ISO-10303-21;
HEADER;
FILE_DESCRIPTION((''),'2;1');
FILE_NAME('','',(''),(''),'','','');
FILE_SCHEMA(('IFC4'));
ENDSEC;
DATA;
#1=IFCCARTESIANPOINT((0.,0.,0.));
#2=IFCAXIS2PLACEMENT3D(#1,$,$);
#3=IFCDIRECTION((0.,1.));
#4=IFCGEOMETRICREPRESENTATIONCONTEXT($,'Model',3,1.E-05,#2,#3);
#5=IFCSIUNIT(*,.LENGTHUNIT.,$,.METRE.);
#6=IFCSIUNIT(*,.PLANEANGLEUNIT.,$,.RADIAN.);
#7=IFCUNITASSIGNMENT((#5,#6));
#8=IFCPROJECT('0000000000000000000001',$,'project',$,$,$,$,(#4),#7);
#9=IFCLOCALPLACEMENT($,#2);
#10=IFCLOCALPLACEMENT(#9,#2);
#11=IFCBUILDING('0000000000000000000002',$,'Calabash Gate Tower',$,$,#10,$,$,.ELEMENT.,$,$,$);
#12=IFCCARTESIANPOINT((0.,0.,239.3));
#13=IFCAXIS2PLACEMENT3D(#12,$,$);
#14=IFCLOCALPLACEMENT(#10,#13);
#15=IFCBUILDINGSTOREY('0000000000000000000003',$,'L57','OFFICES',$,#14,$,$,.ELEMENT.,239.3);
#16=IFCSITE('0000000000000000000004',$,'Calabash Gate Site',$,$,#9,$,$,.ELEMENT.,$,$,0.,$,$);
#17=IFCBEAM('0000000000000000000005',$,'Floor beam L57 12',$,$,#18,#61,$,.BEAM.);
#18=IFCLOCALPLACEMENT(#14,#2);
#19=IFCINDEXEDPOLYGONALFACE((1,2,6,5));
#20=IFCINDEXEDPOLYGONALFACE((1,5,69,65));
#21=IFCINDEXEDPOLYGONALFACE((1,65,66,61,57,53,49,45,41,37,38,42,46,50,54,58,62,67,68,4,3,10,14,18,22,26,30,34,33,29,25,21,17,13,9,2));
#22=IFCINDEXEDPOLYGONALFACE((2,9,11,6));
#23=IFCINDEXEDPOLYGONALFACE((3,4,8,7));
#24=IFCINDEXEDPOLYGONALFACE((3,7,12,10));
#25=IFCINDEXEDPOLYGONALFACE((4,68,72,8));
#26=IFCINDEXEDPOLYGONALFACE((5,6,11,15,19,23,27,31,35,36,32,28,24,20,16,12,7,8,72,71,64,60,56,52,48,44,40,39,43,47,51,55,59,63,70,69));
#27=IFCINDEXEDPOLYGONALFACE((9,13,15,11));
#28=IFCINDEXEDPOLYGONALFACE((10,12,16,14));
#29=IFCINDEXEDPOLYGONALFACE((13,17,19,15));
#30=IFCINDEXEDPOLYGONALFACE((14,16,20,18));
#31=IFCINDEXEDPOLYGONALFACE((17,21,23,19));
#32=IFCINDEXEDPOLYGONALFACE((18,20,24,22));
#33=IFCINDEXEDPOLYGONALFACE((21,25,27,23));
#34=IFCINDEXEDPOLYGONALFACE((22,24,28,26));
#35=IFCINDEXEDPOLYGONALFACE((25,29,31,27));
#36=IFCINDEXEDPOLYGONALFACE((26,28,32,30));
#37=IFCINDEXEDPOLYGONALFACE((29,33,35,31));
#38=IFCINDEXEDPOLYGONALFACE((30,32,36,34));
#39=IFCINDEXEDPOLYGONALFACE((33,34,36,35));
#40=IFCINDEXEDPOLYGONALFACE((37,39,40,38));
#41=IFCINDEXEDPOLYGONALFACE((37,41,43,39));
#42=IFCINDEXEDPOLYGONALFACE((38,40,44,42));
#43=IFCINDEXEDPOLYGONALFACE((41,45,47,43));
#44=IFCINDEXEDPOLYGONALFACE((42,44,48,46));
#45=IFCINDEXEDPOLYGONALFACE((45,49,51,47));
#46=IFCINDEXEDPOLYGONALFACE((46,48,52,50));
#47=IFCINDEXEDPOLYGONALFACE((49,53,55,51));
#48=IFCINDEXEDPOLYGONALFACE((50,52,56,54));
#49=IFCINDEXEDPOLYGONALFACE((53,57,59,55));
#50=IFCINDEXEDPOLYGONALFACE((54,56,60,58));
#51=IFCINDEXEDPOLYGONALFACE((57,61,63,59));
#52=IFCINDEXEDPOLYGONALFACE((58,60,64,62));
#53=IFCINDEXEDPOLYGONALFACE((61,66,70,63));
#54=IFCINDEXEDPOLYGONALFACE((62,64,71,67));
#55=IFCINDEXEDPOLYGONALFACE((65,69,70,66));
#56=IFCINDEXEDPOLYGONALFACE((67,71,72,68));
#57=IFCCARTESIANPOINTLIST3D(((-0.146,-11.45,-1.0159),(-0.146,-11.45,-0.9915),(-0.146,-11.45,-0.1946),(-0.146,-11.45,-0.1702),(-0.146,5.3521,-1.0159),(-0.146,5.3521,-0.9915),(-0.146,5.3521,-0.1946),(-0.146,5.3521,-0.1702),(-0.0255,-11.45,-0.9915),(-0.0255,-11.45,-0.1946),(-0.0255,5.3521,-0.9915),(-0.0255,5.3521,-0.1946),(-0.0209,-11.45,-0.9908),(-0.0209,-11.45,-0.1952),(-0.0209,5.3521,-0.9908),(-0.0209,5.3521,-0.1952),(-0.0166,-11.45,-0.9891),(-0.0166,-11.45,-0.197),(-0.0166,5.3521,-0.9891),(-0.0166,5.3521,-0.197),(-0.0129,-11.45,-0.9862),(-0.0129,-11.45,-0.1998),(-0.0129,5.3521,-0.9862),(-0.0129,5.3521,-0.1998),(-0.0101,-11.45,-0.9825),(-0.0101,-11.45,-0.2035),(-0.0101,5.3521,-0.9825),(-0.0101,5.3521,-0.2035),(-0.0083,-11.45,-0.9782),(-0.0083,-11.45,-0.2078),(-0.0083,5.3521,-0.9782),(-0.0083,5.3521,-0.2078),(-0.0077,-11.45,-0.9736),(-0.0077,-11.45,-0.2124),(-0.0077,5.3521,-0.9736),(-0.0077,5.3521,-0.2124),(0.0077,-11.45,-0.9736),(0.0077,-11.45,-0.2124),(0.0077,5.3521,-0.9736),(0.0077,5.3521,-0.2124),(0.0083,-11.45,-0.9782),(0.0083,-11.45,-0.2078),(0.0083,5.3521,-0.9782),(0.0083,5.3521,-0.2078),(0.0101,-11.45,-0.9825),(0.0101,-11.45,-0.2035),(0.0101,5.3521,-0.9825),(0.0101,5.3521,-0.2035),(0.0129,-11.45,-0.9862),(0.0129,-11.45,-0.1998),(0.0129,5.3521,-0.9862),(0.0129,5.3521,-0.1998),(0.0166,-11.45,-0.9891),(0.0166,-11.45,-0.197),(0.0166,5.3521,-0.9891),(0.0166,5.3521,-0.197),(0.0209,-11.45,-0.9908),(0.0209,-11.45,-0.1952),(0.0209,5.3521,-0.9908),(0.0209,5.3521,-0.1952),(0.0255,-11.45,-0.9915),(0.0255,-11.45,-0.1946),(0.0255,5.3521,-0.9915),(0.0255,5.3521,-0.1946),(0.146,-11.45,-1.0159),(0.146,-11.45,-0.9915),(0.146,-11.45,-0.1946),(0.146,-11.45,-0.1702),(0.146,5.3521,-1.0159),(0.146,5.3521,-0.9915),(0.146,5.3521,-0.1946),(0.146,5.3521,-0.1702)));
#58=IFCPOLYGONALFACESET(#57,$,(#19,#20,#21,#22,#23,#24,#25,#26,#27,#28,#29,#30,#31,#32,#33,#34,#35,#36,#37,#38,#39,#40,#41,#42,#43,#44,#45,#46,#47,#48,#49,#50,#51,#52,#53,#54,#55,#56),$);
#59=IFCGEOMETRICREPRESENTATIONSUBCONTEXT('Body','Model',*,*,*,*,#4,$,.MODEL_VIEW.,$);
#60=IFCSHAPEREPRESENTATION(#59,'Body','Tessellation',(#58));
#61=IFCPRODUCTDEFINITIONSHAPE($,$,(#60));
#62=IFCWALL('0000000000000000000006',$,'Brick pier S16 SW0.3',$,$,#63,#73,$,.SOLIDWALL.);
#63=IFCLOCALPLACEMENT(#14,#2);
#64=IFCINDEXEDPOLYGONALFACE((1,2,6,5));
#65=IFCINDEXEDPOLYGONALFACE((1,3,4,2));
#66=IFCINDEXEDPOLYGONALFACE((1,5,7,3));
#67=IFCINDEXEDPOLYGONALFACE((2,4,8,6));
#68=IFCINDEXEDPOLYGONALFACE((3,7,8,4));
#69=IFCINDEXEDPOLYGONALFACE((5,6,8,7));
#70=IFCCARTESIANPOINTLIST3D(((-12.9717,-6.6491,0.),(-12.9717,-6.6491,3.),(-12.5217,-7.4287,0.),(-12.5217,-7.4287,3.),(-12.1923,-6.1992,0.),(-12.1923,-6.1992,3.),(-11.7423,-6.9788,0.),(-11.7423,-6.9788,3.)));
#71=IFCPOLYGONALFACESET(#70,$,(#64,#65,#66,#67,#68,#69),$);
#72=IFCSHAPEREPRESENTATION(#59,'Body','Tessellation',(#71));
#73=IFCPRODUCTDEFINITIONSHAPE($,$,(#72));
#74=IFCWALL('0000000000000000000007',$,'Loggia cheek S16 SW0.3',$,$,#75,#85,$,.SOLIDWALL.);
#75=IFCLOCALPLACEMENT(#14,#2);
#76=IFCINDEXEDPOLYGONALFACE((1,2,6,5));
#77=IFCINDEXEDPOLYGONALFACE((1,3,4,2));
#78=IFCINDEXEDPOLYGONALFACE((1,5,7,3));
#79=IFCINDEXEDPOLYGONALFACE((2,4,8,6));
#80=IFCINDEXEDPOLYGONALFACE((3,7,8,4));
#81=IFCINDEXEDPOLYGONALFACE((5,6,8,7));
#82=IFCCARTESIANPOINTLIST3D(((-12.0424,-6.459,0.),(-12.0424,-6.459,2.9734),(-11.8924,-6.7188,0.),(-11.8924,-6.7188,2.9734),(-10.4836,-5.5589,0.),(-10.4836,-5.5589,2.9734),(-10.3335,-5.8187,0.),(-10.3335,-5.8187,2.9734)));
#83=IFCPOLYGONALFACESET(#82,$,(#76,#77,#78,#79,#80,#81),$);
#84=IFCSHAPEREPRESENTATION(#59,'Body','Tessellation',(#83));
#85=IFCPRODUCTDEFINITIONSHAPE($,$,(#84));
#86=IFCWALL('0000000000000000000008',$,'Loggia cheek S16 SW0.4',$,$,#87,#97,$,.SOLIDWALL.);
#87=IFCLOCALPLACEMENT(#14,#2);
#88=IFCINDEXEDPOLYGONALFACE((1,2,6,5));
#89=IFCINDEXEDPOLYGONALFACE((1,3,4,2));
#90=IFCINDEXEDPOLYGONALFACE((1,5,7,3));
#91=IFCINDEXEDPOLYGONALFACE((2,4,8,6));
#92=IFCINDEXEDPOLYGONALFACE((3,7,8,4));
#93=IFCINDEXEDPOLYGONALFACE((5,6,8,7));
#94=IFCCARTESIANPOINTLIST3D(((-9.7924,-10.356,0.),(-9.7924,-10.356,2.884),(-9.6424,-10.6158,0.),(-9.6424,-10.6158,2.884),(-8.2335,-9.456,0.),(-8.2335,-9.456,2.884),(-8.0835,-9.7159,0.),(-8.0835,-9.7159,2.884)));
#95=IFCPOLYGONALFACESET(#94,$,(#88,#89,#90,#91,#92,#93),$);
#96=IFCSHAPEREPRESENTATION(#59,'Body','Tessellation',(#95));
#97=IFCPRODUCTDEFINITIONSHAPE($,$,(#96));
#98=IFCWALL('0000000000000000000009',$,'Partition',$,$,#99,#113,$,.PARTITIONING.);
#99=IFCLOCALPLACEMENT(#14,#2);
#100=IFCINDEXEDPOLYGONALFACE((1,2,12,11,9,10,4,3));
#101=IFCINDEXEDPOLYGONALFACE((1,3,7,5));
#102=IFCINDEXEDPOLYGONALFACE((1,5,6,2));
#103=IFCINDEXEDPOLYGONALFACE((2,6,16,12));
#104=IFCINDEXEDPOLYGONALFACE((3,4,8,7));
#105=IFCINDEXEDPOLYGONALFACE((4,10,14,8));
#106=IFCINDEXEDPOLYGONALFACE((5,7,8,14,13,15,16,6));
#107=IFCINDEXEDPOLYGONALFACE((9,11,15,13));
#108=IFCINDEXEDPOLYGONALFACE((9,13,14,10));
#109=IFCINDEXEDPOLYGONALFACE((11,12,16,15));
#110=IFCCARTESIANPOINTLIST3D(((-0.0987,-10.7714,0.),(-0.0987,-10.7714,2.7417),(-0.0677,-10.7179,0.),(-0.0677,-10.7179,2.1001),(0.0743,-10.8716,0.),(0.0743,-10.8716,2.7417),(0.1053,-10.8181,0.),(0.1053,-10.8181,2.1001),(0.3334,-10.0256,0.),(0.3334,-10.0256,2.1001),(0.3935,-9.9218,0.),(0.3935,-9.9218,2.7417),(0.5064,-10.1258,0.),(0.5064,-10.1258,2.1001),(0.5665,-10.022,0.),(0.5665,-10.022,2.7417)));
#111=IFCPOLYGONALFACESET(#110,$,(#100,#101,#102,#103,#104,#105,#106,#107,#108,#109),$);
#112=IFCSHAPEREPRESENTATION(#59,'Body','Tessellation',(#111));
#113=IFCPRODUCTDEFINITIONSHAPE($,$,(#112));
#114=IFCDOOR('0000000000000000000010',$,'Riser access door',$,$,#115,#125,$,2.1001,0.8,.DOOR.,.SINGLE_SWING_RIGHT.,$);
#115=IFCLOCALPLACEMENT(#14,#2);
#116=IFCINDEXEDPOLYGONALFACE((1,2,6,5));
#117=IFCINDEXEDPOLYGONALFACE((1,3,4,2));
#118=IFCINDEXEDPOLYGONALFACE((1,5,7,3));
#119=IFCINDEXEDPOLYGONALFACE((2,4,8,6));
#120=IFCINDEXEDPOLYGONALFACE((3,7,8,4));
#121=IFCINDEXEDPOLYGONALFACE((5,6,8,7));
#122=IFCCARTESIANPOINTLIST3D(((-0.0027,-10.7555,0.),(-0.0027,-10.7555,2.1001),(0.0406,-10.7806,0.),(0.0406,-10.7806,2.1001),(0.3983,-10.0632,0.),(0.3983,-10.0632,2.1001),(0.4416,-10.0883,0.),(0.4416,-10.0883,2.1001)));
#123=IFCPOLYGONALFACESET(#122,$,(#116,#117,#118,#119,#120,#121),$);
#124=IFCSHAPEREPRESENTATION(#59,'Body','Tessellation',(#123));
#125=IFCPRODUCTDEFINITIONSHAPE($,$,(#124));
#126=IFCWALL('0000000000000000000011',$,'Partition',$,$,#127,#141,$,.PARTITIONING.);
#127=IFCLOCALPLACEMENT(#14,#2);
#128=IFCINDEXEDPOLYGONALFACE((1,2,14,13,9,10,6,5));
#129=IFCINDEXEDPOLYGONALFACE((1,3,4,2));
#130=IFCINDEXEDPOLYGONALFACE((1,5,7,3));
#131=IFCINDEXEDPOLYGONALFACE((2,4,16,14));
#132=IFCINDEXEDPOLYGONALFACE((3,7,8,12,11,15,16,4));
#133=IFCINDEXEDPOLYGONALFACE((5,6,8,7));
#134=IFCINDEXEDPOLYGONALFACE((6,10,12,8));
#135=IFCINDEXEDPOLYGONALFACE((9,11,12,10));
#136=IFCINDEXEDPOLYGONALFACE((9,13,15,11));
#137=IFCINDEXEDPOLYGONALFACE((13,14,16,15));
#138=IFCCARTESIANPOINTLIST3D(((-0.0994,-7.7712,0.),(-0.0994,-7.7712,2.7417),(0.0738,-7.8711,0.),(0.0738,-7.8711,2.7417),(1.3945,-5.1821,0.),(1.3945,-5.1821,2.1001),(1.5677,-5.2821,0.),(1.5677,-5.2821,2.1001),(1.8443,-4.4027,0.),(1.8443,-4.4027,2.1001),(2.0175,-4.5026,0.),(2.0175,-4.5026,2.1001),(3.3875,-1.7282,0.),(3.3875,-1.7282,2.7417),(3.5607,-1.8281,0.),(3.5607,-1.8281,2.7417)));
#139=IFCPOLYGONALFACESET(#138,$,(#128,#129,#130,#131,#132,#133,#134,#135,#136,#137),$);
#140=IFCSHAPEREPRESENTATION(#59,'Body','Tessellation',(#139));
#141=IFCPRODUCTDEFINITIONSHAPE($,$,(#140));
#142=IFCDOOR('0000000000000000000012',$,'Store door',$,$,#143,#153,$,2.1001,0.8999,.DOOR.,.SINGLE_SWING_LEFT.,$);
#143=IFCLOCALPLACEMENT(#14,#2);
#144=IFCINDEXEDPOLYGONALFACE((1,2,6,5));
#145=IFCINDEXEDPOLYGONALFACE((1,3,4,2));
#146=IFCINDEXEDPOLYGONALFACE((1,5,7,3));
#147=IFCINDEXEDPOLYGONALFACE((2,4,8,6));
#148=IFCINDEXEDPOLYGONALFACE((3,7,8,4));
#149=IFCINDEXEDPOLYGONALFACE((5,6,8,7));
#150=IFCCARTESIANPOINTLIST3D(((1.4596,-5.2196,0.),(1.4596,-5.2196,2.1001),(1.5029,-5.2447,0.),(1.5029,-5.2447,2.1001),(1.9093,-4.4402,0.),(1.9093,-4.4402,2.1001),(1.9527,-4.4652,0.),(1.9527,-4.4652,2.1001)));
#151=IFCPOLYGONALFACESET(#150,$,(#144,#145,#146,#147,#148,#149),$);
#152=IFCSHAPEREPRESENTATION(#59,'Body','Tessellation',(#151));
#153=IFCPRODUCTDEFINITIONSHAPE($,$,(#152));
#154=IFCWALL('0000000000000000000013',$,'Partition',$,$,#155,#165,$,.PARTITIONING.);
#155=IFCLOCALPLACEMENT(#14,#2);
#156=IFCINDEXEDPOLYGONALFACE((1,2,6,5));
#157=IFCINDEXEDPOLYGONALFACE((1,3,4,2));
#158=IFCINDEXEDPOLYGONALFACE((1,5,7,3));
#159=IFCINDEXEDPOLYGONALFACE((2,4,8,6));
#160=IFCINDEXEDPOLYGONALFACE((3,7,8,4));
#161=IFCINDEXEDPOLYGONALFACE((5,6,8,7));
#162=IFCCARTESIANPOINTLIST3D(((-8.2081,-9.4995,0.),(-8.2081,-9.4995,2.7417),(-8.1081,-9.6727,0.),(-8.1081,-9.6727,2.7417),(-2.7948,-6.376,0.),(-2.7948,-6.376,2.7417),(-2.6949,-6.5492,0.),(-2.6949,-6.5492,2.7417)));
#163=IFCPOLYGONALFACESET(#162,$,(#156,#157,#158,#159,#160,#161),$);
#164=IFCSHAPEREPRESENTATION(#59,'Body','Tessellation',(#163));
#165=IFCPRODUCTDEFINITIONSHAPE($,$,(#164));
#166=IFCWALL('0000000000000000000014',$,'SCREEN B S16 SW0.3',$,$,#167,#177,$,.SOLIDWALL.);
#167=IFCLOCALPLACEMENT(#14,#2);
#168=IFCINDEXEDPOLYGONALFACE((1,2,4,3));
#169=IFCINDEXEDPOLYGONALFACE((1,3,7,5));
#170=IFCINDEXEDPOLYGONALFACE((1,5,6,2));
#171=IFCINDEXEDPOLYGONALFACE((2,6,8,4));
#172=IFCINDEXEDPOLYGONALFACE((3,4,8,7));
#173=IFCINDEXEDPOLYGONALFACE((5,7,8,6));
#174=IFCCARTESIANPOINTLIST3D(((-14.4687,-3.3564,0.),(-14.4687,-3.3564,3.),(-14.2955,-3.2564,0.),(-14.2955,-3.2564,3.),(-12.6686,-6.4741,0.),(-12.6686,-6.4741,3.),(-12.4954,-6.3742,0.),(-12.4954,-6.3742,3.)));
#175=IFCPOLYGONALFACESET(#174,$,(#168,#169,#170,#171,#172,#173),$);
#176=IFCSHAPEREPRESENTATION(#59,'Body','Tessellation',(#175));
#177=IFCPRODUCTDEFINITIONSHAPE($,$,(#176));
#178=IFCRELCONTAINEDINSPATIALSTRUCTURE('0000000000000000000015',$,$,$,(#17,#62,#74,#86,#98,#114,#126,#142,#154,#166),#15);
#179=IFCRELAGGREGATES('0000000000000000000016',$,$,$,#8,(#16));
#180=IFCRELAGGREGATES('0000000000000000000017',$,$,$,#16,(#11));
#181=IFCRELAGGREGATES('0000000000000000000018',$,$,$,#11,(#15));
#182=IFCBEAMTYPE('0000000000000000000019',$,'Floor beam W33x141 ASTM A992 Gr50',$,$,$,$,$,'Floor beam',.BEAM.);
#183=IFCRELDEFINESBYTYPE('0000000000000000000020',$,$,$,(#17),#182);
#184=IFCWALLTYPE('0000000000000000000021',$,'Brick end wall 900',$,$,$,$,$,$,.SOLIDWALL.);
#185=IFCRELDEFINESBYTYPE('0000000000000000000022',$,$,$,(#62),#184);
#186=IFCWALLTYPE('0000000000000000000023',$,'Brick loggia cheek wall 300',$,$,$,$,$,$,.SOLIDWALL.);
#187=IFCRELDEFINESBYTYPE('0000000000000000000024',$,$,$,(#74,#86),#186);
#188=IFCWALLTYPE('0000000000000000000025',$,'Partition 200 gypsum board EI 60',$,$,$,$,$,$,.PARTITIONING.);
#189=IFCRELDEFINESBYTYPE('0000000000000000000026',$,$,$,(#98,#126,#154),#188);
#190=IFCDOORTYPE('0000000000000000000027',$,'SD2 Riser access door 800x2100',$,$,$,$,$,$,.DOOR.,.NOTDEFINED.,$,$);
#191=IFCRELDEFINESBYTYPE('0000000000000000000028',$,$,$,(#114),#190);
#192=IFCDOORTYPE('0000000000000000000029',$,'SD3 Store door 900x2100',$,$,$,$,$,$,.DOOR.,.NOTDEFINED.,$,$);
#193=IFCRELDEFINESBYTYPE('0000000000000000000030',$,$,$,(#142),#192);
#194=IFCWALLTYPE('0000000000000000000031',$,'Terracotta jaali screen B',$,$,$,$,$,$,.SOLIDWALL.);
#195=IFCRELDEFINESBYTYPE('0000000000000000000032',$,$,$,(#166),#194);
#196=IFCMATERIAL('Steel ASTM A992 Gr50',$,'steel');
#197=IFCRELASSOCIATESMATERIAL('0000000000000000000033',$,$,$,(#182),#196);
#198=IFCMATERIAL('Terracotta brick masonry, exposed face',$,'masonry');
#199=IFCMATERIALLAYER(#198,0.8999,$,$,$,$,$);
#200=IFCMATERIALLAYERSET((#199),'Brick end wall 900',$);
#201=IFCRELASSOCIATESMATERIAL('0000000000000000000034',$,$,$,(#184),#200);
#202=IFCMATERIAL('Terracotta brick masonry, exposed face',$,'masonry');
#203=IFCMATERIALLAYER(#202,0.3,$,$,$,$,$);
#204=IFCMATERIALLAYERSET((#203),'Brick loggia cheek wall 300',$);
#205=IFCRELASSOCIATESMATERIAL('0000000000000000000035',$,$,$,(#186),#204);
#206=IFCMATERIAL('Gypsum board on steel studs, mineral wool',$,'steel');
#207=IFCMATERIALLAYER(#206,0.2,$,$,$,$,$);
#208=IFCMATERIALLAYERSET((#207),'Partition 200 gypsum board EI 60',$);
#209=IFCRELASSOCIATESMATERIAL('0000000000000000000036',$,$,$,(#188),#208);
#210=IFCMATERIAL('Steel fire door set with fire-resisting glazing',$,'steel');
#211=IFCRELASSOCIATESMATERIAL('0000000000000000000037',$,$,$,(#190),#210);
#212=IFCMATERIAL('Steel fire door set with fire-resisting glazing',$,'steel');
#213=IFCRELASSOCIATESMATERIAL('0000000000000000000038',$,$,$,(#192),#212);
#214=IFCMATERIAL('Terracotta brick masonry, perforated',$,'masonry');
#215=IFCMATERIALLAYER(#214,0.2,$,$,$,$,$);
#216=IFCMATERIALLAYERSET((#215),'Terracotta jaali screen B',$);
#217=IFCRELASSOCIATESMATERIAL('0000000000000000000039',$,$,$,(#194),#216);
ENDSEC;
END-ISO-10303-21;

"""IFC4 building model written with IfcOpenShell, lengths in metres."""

from ifc_helpers import new_model, si_unit, direction, frame, frame_2d, origin, origin_2d, place, context, subcontext, project, spatial, rectangle, i_section, extrude, material, layer, layer_set, material_profile, profile_set, type_object, element, fill, save


model = new_model("IFC4")

# Units and contexts
model_context = context("Model", 3, precision=1e-05, world=origin(), true_north=direction((0.0, 1.0)))
body_context = subcontext(model_context, "Body", "Model", "MODEL_VIEW")
ifc_project = project(units=[si_unit("LENGTHUNIT", "METRE"), si_unit("PLANEANGLEUNIT", "RADIAN")], contexts=[model_context])

# Site, building, storey
site_placement = place(None, origin())
site = spatial("IfcSite", under=ifc_project, at=site_placement, Name="Calabash Gate Site", CompositionType="ELEMENT", RefElevation=0.0)
building_placement = place(site_placement, origin())
building = spatial("IfcBuilding", under=site, at=building_placement, Name="Calabash Gate Tower", CompositionType="ELEMENT")
storey_placement = place(building_placement, frame((0.0, 0.0, 239.3)))
storey = spatial("IfcBuildingStorey", under=building, at=storey_placement, Name="L57", Description="OFFICES", CompositionType="ELEMENT", Elevation=239.3)

# Beam
ifc_material_1 = material(Name="Steel ASTM A992 Gr50", Category="steel")
ifc_material_profile_1 = material_profile(ifc_material_1, i_section(OverallWidth=0.292, OverallDepth=0.8457, WebThickness=0.0154, FlangeThickness=0.0244, FilletRadius=0.0178, at=origin_2d()))
ifc_profile_set_1 = profile_set([ifc_material_profile_1], Name="Steel ASTM A992 Gr50")
beam_type_1 = type_object("IfcBeamType", Name="Floor beam W33x141 ASTM A992 Gr50", ElementType="Floor beam", PredefinedType="BEAM", material=ifc_profile_set_1)
beam_1_placement = place(storey_placement, frame((0.0, -11.45, -0.593), z_axis=(0.0, 1.0, 0.0), x_axis=(-1.0, 0.0, 0.0)))
element("IfcBeam", 1, at=beam_1_placement, inside=storey, type_object=beam_type_1, Name="Floor beam L57 12", PredefinedType="BEAM", context=body_context, shape_type="SweptSolid", body=[
    extrude(i_section(OverallWidth=0.292, OverallDepth=0.8457, WebThickness=0.0154, FlangeThickness=0.0244, FilletRadius=0.0178, at=origin_2d()), origin(), (0.0, 0.0, 1.0), 16.802),
])

# Walls
ifc_material_2 = material(Name="Terracotta brick masonry, exposed face", Category="masonry")
ifc_layer_1 = layer(ifc_material_2, 0.8999)
ifc_layer_set_1 = layer_set([ifc_layer_1], Name="Brick end wall 900")
wall_type_1 = type_object("IfcWallType", Name="Brick end wall 900", PredefinedType="SOLIDWALL", material=ifc_layer_set_1)
wall_1_placement = place(storey_placement, frame((-12.582, -6.4241, 0.0), z_axis=(0.0, 0.0, 1.0), x_axis=(0.499902, -0.866082, 0.0)))
element("IfcWall", 2, at=wall_1_placement, inside=storey, type_object=wall_type_1, Name="Brick pier S16 SW0.3", PredefinedType="SOLIDWALL", context=body_context, shape_type="SweptSolid", body=[
    extrude(rectangle(XDim=0.9001, YDim=0.8999, at=frame_2d((0.4502, 0.0))), origin(), (0.0, 0.0, 1.0), 3.0),
])
ifc_material_3 = material(Name="Terracotta brick masonry, exposed face", Category="masonry")
ifc_layer_2 = layer(ifc_material_3, 0.3)
ifc_layer_set_2 = layer_set([ifc_layer_2], Name="Brick loggia cheek wall 300")
wall_type_2 = type_object("IfcWallType", Name="Brick loggia cheek wall 300", PredefinedType="SOLIDWALL", material=ifc_layer_set_2)
wall_2_placement = place(storey_placement, frame((-11.9673, -6.5889, 0.0), z_axis=(0.0, 0.0, 1.0), x_axis=(0.865989, 0.500063, 0.0)))
element("IfcWall", 3, at=wall_2_placement, inside=storey, type_object=wall_type_2, Name="Loggia cheek S16 SW0.3", PredefinedType="SOLIDWALL", context=body_context, shape_type="SweptSolid", body=[
    extrude(rectangle(XDim=1.8, YDim=0.3, at=frame_2d((0.8999, 0.0))), origin(), (0.0, 0.0, 1.0), 2.9734),
])
wall_3_placement = place(storey_placement, frame((-9.7173, -10.4858, 0.0), z_axis=(0.0, 0.0, 1.0), x_axis=(0.866048, 0.499961, 0.0)))
element("IfcWall", 4, at=wall_3_placement, inside=storey, type_object=wall_type_2, Name="Loggia cheek S16 SW0.4", PredefinedType="SOLIDWALL", context=body_context, shape_type="SweptSolid", body=[
    extrude(rectangle(XDim=1.8, YDim=0.3, at=frame_2d((0.8999, 0.0))), origin(), (0.0, 0.0, 1.0), 2.884),
])

# Walls, openings, doors
ifc_material_4 = material(Name="Gypsum board on steel studs, mineral wool", Category="steel")
ifc_layer_3 = layer(ifc_material_4, 0.2)
ifc_layer_set_3 = layer_set([ifc_layer_3], Name="Partition 200 gypsum board EI 60")
wall_type_3 = type_object("IfcWallType", Name="Partition 200 gypsum board EI 60", PredefinedType="PARTITIONING", material=ifc_layer_set_3)
wall_4_placement = place(storey_placement, frame((-0.0122, -10.8215, 0.0), z_axis=(0.0, 0.0, 1.0), x_axis=(0.501271, 0.86529, 0.0)))
wall_4 = element("IfcWall", 5, at=wall_4_placement, inside=storey, type_object=wall_type_3, Name="Partition", PredefinedType="PARTITIONING", context=body_context, shape_type="SweptSolid", body=[
    extrude(rectangle(XDim=0.9819, YDim=0.2, at=frame_2d((0.491, 0.0))), origin(), (0.0, 0.0, 1.0), 2.7417),
])
opening_1_placement = place(wall_4_placement, frame((0.062, 0.0, 0.0)))
opening_1 = element("IfcOpeningElement", 6, at=opening_1_placement, cuts=wall_4, PredefinedType="OPENING", context=body_context, shape_type="SweptSolid", body=[
    extrude(rectangle(XDim=0.8, YDim=2.1001, at=frame_2d((0.3999, 1.05))), frame((0.0, 0.1099, 0.0), z_axis=(0.0, -1.0, 0.0), x_axis=(1.0, 0.0, 0.0)), (0.0, 0.0, 1.0), 0.22),
])
ifc_material_5 = material(Name="Steel fire door set with fire-resisting glazing", Category="steel")
door_type_1 = type_object("IfcDoorType", Name="SD2 Riser access door 800x2100", OperationType="NOTDEFINED", PredefinedType="DOOR", material=ifc_material_5)
door_1_placement = place(opening_1_placement, origin())
door_1 = element("IfcDoor", 7, at=door_1_placement, inside=storey, type_object=door_type_1, Name="Riser access door", OperationType="SINGLE_SWING_RIGHT", OverallHeight=2.1001, OverallWidth=0.8, PredefinedType="DOOR", context=body_context, shape_type="SweptSolid", body=[
    extrude(rectangle(XDim=0.8, YDim=2.1001, at=frame_2d((0.3999, 1.05))), frame((0.0, 0.0249, 0.0), z_axis=(0.0, -1.0, 0.0), x_axis=(1.0, 0.0, 0.0)), (0.0, 0.0, 1.0), 0.05),
])
fill(opening_1, door_1)
wall_5_placement = place(storey_placement, frame((-0.0127, -7.821, 0.0), z_axis=(0.0, 0.0, 1.0), x_axis=(0.499775, 0.866155, 0.0)))
wall_5 = element("IfcWall", 8, at=wall_5_placement, inside=storey, type_object=wall_type_3, Name="Partition", PredefinedType="PARTITIONING", context=body_context, shape_type="SweptSolid", body=[
    extrude(rectangle(XDim=6.9768, YDim=0.2, at=frame_2d((3.4883, 0.0))), origin(), (0.0, 0.0, 1.0), 2.7417),
])
opening_2_placement = place(wall_5_placement, frame((2.989, 0.0, 0.0)))
opening_2 = element("IfcOpeningElement", 9, at=opening_2_placement, cuts=wall_5, PredefinedType="OPENING", context=body_context, shape_type="SweptSolid", body=[
    extrude(rectangle(XDim=0.8999, YDim=2.1001, at=frame_2d((0.45, 1.05))), frame((0.0, 0.1099, 0.0), z_axis=(0.0, -1.0, 0.0), x_axis=(1.0, 0.0, 0.0)), (0.0, 0.0, 1.0), 0.22),
])
ifc_material_6 = material(Name="Steel fire door set with fire-resisting glazing", Category="steel")
door_type_2 = type_object("IfcDoorType", Name="SD3 Store door 900x2100", OperationType="NOTDEFINED", PredefinedType="DOOR", material=ifc_material_6)
door_2_placement = place(opening_2_placement, origin())
door_2 = element("IfcDoor", 10, at=door_2_placement, inside=storey, type_object=door_type_2, Name="Store door", OperationType="SINGLE_SWING_LEFT", OverallHeight=2.1001, OverallWidth=0.8999, PredefinedType="DOOR", context=body_context, shape_type="SweptSolid", body=[
    extrude(rectangle(XDim=0.8999, YDim=2.1001, at=frame_2d((0.45, 1.05))), frame((0.0, 0.0249, 0.0), z_axis=(0.0, -1.0, 0.0), x_axis=(1.0, 0.0, 0.0)), (0.0, 0.0, 1.0), 0.05),
])
fill(opening_2, door_2)

# Walls
wall_6_placement = place(storey_placement, frame((-8.1582, -9.5862, 0.0), z_axis=(0.0, 0.0, 1.0), x_axis=(0.866154, 0.499778, 0.0)))
element("IfcWall", 11, at=wall_6_placement, inside=storey, type_object=wall_type_3, Name="Partition", PredefinedType="PARTITIONING", context=body_context, shape_type="SweptSolid", body=[
    extrude(rectangle(XDim=6.2498, YDim=0.2, at=frame_2d((3.125, 0.0))), origin(), (0.0, 0.0, 1.0), 2.7417),
])
ifc_material_7 = material(Name="Terracotta brick masonry, perforated", Category="masonry")
ifc_layer_4 = layer(ifc_material_7, 0.2)
ifc_layer_set_4 = layer_set([ifc_layer_4], Name="Terracotta jaali screen B")
wall_type_4 = type_object("IfcWallType", Name="Terracotta jaali screen B", PredefinedType="SOLIDWALL", material=ifc_layer_set_4)
for number, where, z_axis, x_axis, name in (
    (12, (-14.3821, -3.3064, 0.0), (0.0, 0.0, 1.0), (0.500012, -0.866018, 0.0), "SCREEN B S16 SW0.3"),
):
    element("IfcWall", number, at=place(storey_placement, frame(where, z_axis=z_axis, x_axis=x_axis)), inside=storey, type_object=wall_type_4, Name=name, PredefinedType="SOLIDWALL", context=body_context, shape_type="SweptSolid", body=[
        extrude(rectangle(XDim=3.6001, YDim=0.2, at=frame_2d((1.8, 0.0))), origin(), (0.0, 0.0, 1.0), 3.0),
    ])

save(model, "model.ifc")
